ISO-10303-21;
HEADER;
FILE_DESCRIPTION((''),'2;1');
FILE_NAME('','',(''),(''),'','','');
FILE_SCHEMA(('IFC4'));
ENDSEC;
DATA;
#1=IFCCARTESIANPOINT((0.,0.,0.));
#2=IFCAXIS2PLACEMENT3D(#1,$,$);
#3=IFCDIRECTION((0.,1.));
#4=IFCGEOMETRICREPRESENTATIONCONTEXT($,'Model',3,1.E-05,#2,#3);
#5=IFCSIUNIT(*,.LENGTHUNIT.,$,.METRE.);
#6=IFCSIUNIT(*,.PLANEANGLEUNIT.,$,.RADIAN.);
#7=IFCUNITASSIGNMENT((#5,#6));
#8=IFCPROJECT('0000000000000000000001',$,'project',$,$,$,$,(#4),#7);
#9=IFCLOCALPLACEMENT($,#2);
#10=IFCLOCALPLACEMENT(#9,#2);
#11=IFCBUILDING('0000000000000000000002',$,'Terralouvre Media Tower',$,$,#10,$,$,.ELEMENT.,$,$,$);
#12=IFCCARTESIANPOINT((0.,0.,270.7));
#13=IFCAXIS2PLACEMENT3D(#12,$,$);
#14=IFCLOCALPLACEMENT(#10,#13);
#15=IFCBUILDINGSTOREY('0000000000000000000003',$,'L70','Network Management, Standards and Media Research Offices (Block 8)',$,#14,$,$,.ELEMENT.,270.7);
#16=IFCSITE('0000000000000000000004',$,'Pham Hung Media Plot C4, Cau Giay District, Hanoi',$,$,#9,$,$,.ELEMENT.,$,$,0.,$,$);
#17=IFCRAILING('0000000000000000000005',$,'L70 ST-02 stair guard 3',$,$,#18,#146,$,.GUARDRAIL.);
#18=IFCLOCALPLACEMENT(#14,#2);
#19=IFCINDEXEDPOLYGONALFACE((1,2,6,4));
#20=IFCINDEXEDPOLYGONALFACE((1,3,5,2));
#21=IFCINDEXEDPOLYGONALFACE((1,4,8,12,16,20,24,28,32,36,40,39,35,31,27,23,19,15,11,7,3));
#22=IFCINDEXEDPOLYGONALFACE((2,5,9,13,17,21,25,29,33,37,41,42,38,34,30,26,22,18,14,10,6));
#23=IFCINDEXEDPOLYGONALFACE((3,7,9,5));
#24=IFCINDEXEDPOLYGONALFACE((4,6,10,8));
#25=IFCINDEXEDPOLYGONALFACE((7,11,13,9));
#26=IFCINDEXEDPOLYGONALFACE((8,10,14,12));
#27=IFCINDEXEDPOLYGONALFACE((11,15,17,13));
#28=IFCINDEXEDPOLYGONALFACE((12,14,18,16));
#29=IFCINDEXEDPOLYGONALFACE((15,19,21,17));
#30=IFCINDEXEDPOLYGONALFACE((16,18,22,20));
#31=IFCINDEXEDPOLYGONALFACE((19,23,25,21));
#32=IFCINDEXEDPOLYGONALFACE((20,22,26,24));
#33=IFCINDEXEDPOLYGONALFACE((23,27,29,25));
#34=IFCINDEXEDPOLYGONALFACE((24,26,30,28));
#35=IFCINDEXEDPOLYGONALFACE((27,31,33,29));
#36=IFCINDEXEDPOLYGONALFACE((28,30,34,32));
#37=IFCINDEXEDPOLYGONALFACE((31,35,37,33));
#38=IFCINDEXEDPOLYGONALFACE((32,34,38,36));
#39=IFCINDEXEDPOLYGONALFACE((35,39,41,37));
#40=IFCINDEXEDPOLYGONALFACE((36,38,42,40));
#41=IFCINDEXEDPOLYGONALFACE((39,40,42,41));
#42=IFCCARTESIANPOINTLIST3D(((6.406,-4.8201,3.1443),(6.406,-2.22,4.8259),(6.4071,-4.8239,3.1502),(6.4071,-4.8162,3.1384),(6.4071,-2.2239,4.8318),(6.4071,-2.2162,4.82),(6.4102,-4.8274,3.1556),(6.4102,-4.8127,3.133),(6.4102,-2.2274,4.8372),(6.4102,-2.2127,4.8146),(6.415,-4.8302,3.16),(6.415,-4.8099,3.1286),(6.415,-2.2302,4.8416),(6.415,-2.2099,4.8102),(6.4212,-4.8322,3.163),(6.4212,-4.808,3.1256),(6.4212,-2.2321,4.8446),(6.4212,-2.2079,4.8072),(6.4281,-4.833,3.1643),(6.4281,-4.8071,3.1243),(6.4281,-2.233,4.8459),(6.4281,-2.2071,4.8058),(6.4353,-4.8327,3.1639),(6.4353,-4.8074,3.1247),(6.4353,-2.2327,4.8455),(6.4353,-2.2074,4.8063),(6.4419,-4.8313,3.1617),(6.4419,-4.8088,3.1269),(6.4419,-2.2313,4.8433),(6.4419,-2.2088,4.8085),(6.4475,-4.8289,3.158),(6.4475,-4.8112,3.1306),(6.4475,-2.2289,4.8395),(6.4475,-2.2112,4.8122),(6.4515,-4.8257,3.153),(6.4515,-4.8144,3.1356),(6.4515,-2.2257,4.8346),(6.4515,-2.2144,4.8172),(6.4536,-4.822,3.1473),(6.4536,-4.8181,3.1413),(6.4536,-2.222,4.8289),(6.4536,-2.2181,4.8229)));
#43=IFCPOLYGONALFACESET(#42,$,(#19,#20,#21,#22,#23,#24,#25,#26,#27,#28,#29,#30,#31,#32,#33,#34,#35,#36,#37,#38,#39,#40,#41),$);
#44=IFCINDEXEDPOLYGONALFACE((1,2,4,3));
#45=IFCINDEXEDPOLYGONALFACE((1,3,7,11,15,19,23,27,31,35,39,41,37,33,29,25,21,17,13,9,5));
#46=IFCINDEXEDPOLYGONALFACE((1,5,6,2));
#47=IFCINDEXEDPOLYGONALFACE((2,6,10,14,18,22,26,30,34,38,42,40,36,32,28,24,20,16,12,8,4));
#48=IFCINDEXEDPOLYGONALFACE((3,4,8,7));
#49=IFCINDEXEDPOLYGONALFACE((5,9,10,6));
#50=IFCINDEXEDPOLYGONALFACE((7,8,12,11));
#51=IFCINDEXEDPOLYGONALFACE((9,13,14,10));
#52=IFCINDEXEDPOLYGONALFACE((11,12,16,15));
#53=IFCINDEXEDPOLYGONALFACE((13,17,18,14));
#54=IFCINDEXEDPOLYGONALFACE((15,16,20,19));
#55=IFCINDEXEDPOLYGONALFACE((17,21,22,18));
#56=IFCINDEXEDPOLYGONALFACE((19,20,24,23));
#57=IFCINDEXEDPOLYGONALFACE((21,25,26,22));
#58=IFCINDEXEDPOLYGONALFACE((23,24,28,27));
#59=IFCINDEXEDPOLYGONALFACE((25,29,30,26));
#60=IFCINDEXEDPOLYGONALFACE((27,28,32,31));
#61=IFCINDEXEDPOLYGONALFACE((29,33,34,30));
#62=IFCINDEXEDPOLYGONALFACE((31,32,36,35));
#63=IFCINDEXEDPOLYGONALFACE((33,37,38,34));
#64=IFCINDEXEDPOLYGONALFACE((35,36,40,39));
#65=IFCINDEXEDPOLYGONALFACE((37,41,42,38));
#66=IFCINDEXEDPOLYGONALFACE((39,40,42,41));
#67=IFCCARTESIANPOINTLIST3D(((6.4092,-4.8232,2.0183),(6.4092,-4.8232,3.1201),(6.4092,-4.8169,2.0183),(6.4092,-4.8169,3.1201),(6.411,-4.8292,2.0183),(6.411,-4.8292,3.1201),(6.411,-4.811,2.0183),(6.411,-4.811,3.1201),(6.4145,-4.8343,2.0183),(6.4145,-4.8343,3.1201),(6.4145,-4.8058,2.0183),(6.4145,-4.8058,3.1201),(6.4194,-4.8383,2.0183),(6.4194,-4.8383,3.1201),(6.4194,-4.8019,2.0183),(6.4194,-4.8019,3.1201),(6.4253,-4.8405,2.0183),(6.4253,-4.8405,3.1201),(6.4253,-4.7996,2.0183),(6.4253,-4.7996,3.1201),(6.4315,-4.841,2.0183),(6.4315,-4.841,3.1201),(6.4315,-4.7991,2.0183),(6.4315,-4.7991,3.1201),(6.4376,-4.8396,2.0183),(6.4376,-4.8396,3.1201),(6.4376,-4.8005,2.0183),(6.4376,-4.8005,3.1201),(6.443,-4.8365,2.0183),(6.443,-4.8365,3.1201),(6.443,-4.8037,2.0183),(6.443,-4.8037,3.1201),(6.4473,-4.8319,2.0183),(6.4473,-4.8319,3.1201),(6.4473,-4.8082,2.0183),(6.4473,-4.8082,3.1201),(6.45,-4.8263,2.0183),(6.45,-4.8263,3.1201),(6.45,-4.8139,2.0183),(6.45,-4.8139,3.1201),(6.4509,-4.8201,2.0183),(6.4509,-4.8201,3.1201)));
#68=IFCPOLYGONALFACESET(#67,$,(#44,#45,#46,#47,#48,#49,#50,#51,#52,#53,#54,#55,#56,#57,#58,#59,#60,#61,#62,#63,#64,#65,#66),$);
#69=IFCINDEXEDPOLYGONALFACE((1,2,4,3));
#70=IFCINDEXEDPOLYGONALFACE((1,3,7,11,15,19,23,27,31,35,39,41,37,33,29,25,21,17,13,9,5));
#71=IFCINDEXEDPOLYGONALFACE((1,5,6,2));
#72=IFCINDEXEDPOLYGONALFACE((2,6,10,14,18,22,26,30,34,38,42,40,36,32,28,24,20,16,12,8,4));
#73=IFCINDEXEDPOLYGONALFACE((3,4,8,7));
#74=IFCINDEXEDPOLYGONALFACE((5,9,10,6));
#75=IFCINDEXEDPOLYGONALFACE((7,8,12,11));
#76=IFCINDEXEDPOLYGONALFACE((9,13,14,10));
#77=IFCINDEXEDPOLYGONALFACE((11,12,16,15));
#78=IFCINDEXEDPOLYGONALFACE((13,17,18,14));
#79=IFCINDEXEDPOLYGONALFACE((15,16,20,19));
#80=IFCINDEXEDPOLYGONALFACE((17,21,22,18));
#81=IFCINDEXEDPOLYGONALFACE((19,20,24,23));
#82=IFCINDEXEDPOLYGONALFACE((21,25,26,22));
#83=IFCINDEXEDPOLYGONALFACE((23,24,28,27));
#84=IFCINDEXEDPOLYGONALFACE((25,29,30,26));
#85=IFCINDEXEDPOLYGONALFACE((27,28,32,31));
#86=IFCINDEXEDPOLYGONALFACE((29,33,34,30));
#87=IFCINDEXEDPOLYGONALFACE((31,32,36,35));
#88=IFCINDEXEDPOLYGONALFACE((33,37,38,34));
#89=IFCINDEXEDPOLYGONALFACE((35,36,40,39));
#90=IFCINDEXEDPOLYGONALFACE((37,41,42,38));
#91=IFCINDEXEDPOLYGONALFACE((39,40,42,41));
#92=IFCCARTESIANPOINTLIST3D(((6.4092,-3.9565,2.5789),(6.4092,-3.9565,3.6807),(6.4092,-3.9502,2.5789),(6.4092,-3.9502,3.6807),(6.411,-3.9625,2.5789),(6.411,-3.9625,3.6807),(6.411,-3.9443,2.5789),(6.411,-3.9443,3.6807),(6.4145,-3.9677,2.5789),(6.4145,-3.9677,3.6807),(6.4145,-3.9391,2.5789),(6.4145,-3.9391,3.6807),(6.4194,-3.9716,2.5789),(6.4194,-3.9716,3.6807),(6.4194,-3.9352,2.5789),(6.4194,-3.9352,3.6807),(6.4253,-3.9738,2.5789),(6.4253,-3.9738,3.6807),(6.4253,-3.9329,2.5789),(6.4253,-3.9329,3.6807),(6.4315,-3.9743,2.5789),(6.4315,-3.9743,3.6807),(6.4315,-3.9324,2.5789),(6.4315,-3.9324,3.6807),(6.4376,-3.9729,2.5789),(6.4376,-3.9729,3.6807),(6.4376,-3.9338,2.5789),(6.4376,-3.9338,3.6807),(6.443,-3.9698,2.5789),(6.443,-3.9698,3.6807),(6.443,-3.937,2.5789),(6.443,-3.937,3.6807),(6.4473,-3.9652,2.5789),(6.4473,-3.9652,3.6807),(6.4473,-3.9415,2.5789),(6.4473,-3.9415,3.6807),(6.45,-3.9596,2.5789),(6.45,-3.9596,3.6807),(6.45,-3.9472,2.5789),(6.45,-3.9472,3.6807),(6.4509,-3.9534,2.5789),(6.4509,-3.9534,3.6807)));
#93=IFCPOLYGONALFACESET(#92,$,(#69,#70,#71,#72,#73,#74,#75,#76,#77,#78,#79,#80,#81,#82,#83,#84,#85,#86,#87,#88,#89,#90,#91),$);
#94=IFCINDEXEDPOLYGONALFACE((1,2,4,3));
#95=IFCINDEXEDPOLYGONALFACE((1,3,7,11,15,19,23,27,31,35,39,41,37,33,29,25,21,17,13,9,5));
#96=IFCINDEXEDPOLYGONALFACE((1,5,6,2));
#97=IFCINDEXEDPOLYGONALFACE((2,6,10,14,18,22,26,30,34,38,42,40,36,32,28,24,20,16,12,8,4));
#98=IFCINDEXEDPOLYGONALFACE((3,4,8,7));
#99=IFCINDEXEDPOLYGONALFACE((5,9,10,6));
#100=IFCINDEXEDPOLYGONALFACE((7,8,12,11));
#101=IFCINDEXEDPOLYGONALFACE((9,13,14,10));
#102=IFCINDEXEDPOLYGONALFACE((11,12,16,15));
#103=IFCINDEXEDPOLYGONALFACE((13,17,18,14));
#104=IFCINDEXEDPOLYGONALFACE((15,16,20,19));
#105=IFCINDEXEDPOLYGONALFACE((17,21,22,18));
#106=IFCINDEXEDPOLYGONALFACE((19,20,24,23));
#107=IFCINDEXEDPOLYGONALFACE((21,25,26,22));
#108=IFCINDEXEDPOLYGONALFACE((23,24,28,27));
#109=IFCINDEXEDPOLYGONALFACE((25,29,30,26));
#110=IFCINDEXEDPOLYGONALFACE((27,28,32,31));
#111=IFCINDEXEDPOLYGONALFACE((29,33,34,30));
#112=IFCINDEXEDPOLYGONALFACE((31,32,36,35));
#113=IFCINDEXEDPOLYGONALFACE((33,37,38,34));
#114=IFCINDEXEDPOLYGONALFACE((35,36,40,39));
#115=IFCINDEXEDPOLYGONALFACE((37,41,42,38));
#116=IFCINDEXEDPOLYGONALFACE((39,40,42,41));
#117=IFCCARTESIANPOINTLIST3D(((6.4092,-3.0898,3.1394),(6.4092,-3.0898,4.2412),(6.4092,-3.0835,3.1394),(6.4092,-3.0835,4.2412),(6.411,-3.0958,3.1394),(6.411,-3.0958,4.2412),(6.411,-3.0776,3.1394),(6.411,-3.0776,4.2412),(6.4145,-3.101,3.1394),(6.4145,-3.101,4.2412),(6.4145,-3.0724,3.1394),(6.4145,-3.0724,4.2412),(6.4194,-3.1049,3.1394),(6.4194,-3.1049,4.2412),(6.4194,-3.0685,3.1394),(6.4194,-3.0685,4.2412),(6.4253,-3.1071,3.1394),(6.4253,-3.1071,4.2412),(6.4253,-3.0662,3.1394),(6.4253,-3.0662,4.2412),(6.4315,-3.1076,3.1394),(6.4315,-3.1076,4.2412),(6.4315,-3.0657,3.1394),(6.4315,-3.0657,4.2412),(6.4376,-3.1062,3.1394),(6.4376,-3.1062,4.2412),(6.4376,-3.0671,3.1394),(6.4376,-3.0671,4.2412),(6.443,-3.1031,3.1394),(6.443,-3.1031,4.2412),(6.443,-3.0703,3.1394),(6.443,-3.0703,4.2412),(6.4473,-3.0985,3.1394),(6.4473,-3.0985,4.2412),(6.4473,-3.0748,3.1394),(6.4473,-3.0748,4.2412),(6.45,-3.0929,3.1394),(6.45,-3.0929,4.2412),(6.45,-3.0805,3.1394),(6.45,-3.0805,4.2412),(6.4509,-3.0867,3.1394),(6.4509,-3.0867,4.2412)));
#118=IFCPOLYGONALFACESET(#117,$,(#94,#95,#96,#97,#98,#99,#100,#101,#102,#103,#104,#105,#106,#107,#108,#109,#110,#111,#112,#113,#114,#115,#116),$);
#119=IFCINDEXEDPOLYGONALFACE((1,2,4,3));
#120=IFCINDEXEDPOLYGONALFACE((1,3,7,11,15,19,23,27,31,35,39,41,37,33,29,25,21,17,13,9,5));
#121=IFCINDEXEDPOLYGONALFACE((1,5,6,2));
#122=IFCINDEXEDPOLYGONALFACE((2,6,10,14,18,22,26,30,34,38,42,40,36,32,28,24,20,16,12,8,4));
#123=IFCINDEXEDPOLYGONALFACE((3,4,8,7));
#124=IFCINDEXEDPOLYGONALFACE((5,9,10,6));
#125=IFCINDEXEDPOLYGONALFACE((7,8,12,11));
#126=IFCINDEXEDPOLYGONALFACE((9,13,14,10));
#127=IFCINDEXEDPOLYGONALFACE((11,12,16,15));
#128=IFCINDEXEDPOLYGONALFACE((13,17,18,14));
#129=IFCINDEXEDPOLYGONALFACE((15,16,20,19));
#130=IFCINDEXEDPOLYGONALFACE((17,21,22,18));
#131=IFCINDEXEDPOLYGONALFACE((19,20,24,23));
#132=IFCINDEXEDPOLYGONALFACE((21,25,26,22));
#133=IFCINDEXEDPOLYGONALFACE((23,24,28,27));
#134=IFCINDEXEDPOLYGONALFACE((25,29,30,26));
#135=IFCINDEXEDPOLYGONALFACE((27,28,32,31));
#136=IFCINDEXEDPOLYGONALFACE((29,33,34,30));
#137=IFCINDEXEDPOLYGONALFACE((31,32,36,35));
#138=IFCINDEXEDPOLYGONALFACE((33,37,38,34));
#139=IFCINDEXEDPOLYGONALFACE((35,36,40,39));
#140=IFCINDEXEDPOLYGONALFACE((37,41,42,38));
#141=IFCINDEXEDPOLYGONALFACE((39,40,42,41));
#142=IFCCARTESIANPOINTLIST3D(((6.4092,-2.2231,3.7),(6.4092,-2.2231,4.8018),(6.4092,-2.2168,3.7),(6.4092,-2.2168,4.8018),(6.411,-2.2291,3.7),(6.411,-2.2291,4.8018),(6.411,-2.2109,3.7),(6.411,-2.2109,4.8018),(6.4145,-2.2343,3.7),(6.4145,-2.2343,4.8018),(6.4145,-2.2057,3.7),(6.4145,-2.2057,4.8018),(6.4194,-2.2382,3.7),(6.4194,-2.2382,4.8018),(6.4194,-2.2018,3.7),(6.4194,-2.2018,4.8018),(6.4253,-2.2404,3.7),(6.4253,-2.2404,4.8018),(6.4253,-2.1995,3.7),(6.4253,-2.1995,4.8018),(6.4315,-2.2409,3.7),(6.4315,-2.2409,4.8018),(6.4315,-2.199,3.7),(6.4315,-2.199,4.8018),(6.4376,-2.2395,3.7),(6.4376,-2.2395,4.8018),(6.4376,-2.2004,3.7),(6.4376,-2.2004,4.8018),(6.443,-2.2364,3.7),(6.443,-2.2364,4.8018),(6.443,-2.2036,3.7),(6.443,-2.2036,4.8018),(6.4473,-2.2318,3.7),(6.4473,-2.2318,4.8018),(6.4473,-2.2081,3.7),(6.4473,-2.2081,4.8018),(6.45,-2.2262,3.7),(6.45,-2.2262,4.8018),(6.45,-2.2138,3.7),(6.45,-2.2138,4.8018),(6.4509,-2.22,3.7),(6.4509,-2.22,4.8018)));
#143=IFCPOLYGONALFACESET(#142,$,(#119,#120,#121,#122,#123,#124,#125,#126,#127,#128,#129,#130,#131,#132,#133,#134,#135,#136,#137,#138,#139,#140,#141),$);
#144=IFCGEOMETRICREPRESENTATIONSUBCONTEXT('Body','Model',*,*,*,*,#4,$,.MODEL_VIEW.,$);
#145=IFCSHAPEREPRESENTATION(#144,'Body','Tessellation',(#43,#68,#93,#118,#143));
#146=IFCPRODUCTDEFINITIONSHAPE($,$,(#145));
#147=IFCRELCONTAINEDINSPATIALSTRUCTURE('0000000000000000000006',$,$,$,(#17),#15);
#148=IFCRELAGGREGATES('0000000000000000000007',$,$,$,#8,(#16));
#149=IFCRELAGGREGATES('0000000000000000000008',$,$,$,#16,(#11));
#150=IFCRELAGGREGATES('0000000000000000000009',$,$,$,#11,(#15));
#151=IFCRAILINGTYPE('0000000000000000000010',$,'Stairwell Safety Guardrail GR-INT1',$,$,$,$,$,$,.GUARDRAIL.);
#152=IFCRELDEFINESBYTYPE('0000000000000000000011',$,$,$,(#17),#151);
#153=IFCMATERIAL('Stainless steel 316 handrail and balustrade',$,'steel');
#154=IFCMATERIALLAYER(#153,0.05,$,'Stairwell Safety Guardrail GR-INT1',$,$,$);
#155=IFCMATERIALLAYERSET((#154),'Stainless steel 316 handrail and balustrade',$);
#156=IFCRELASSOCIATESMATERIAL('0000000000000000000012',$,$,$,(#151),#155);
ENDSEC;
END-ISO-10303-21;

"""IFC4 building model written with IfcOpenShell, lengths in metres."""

from ifc_helpers import new_model, si_unit, direction, frame, origin, origin_2d, place, context, subcontext, project, spatial, circle, extrude, material, layer, layer_set, type_object, element, save


model = new_model("IFC4")

# Units and contexts
model_context = context("Model", 3, precision=1e-05, world=origin(), true_north=direction((0.0, 1.0)))
body_context = subcontext(model_context, "Body", "Model", "MODEL_VIEW")
ifc_project = project(units=[si_unit("LENGTHUNIT", "METRE"), si_unit("PLANEANGLEUNIT", "RADIAN")], contexts=[model_context])

# Site, building, storey
site_placement = place(None, origin())
site = spatial("IfcSite", under=ifc_project, at=site_placement, Name="Pham Hung Media Plot C4, Cau Giay District, Hanoi", CompositionType="ELEMENT", RefElevation=0.0)
building_placement = place(site_placement, origin())
building = spatial("IfcBuilding", under=site, at=building_placement, Name="Terralouvre Media Tower", CompositionType="ELEMENT")
storey_placement = place(building_placement, frame((0.0, 0.0, 270.7)))
storey = spatial("IfcBuildingStorey", under=building, at=storey_placement, Name="L70", Description="Network Management, Standards and Media Research Offices (Block 8)", CompositionType="ELEMENT", Elevation=270.7)

# Railing
ifc_material_1 = material(Name="Stainless steel 316 handrail and balustrade", Category="steel")
ifc_layer_1 = layer(ifc_material_1, 0.05, Name="Stairwell Safety Guardrail GR-INT1")
ifc_layer_set_1 = layer_set([ifc_layer_1], Name="Stainless steel 316 handrail and balustrade")
railing_type_1 = type_object("IfcRailingType", Name="Stairwell Safety Guardrail GR-INT1", PredefinedType="GUARDRAIL", material=ifc_layer_set_1)
railing_1_placement = place(storey_placement, frame((6.4299, -4.8201, 2.0183)))
element("IfcRailing", 1, at=railing_1_placement, inside=storey, type_object=railing_type_1, Name="L70 ST-02 stair guard 3", PredefinedType="GUARDRAIL", context=body_context, shape_type="SweptSolid", body=[
    extrude(circle(Radius=0.0239, at=origin_2d()), frame((0.0, 0.0, 1.126), z_axis=(0.0, 0.839684, 0.543075), x_axis=(-1.0, 0.0, 0.0)), (0.0, 0.0, 1.0), 3.0964),
    extrude(circle(Radius=0.021, at=origin_2d()), origin(), (0.0, 0.0, 1.0), 1.1018),
    extrude(circle(Radius=0.021, at=origin_2d()), frame((0.0, 0.8667, 0.5605)), (0.0, 0.0, 1.0), 1.1018),
    extrude(circle(Radius=0.021, at=origin_2d()), frame((0.0, 1.7334, 1.1211)), (0.0, 0.0, 1.0), 1.1018),
    extrude(circle(Radius=0.021, at=origin_2d()), frame((0.0, 2.6001, 1.6816)), (0.0, 0.0, 1.0), 1.1018),
])

save(model, "model.ifc")
